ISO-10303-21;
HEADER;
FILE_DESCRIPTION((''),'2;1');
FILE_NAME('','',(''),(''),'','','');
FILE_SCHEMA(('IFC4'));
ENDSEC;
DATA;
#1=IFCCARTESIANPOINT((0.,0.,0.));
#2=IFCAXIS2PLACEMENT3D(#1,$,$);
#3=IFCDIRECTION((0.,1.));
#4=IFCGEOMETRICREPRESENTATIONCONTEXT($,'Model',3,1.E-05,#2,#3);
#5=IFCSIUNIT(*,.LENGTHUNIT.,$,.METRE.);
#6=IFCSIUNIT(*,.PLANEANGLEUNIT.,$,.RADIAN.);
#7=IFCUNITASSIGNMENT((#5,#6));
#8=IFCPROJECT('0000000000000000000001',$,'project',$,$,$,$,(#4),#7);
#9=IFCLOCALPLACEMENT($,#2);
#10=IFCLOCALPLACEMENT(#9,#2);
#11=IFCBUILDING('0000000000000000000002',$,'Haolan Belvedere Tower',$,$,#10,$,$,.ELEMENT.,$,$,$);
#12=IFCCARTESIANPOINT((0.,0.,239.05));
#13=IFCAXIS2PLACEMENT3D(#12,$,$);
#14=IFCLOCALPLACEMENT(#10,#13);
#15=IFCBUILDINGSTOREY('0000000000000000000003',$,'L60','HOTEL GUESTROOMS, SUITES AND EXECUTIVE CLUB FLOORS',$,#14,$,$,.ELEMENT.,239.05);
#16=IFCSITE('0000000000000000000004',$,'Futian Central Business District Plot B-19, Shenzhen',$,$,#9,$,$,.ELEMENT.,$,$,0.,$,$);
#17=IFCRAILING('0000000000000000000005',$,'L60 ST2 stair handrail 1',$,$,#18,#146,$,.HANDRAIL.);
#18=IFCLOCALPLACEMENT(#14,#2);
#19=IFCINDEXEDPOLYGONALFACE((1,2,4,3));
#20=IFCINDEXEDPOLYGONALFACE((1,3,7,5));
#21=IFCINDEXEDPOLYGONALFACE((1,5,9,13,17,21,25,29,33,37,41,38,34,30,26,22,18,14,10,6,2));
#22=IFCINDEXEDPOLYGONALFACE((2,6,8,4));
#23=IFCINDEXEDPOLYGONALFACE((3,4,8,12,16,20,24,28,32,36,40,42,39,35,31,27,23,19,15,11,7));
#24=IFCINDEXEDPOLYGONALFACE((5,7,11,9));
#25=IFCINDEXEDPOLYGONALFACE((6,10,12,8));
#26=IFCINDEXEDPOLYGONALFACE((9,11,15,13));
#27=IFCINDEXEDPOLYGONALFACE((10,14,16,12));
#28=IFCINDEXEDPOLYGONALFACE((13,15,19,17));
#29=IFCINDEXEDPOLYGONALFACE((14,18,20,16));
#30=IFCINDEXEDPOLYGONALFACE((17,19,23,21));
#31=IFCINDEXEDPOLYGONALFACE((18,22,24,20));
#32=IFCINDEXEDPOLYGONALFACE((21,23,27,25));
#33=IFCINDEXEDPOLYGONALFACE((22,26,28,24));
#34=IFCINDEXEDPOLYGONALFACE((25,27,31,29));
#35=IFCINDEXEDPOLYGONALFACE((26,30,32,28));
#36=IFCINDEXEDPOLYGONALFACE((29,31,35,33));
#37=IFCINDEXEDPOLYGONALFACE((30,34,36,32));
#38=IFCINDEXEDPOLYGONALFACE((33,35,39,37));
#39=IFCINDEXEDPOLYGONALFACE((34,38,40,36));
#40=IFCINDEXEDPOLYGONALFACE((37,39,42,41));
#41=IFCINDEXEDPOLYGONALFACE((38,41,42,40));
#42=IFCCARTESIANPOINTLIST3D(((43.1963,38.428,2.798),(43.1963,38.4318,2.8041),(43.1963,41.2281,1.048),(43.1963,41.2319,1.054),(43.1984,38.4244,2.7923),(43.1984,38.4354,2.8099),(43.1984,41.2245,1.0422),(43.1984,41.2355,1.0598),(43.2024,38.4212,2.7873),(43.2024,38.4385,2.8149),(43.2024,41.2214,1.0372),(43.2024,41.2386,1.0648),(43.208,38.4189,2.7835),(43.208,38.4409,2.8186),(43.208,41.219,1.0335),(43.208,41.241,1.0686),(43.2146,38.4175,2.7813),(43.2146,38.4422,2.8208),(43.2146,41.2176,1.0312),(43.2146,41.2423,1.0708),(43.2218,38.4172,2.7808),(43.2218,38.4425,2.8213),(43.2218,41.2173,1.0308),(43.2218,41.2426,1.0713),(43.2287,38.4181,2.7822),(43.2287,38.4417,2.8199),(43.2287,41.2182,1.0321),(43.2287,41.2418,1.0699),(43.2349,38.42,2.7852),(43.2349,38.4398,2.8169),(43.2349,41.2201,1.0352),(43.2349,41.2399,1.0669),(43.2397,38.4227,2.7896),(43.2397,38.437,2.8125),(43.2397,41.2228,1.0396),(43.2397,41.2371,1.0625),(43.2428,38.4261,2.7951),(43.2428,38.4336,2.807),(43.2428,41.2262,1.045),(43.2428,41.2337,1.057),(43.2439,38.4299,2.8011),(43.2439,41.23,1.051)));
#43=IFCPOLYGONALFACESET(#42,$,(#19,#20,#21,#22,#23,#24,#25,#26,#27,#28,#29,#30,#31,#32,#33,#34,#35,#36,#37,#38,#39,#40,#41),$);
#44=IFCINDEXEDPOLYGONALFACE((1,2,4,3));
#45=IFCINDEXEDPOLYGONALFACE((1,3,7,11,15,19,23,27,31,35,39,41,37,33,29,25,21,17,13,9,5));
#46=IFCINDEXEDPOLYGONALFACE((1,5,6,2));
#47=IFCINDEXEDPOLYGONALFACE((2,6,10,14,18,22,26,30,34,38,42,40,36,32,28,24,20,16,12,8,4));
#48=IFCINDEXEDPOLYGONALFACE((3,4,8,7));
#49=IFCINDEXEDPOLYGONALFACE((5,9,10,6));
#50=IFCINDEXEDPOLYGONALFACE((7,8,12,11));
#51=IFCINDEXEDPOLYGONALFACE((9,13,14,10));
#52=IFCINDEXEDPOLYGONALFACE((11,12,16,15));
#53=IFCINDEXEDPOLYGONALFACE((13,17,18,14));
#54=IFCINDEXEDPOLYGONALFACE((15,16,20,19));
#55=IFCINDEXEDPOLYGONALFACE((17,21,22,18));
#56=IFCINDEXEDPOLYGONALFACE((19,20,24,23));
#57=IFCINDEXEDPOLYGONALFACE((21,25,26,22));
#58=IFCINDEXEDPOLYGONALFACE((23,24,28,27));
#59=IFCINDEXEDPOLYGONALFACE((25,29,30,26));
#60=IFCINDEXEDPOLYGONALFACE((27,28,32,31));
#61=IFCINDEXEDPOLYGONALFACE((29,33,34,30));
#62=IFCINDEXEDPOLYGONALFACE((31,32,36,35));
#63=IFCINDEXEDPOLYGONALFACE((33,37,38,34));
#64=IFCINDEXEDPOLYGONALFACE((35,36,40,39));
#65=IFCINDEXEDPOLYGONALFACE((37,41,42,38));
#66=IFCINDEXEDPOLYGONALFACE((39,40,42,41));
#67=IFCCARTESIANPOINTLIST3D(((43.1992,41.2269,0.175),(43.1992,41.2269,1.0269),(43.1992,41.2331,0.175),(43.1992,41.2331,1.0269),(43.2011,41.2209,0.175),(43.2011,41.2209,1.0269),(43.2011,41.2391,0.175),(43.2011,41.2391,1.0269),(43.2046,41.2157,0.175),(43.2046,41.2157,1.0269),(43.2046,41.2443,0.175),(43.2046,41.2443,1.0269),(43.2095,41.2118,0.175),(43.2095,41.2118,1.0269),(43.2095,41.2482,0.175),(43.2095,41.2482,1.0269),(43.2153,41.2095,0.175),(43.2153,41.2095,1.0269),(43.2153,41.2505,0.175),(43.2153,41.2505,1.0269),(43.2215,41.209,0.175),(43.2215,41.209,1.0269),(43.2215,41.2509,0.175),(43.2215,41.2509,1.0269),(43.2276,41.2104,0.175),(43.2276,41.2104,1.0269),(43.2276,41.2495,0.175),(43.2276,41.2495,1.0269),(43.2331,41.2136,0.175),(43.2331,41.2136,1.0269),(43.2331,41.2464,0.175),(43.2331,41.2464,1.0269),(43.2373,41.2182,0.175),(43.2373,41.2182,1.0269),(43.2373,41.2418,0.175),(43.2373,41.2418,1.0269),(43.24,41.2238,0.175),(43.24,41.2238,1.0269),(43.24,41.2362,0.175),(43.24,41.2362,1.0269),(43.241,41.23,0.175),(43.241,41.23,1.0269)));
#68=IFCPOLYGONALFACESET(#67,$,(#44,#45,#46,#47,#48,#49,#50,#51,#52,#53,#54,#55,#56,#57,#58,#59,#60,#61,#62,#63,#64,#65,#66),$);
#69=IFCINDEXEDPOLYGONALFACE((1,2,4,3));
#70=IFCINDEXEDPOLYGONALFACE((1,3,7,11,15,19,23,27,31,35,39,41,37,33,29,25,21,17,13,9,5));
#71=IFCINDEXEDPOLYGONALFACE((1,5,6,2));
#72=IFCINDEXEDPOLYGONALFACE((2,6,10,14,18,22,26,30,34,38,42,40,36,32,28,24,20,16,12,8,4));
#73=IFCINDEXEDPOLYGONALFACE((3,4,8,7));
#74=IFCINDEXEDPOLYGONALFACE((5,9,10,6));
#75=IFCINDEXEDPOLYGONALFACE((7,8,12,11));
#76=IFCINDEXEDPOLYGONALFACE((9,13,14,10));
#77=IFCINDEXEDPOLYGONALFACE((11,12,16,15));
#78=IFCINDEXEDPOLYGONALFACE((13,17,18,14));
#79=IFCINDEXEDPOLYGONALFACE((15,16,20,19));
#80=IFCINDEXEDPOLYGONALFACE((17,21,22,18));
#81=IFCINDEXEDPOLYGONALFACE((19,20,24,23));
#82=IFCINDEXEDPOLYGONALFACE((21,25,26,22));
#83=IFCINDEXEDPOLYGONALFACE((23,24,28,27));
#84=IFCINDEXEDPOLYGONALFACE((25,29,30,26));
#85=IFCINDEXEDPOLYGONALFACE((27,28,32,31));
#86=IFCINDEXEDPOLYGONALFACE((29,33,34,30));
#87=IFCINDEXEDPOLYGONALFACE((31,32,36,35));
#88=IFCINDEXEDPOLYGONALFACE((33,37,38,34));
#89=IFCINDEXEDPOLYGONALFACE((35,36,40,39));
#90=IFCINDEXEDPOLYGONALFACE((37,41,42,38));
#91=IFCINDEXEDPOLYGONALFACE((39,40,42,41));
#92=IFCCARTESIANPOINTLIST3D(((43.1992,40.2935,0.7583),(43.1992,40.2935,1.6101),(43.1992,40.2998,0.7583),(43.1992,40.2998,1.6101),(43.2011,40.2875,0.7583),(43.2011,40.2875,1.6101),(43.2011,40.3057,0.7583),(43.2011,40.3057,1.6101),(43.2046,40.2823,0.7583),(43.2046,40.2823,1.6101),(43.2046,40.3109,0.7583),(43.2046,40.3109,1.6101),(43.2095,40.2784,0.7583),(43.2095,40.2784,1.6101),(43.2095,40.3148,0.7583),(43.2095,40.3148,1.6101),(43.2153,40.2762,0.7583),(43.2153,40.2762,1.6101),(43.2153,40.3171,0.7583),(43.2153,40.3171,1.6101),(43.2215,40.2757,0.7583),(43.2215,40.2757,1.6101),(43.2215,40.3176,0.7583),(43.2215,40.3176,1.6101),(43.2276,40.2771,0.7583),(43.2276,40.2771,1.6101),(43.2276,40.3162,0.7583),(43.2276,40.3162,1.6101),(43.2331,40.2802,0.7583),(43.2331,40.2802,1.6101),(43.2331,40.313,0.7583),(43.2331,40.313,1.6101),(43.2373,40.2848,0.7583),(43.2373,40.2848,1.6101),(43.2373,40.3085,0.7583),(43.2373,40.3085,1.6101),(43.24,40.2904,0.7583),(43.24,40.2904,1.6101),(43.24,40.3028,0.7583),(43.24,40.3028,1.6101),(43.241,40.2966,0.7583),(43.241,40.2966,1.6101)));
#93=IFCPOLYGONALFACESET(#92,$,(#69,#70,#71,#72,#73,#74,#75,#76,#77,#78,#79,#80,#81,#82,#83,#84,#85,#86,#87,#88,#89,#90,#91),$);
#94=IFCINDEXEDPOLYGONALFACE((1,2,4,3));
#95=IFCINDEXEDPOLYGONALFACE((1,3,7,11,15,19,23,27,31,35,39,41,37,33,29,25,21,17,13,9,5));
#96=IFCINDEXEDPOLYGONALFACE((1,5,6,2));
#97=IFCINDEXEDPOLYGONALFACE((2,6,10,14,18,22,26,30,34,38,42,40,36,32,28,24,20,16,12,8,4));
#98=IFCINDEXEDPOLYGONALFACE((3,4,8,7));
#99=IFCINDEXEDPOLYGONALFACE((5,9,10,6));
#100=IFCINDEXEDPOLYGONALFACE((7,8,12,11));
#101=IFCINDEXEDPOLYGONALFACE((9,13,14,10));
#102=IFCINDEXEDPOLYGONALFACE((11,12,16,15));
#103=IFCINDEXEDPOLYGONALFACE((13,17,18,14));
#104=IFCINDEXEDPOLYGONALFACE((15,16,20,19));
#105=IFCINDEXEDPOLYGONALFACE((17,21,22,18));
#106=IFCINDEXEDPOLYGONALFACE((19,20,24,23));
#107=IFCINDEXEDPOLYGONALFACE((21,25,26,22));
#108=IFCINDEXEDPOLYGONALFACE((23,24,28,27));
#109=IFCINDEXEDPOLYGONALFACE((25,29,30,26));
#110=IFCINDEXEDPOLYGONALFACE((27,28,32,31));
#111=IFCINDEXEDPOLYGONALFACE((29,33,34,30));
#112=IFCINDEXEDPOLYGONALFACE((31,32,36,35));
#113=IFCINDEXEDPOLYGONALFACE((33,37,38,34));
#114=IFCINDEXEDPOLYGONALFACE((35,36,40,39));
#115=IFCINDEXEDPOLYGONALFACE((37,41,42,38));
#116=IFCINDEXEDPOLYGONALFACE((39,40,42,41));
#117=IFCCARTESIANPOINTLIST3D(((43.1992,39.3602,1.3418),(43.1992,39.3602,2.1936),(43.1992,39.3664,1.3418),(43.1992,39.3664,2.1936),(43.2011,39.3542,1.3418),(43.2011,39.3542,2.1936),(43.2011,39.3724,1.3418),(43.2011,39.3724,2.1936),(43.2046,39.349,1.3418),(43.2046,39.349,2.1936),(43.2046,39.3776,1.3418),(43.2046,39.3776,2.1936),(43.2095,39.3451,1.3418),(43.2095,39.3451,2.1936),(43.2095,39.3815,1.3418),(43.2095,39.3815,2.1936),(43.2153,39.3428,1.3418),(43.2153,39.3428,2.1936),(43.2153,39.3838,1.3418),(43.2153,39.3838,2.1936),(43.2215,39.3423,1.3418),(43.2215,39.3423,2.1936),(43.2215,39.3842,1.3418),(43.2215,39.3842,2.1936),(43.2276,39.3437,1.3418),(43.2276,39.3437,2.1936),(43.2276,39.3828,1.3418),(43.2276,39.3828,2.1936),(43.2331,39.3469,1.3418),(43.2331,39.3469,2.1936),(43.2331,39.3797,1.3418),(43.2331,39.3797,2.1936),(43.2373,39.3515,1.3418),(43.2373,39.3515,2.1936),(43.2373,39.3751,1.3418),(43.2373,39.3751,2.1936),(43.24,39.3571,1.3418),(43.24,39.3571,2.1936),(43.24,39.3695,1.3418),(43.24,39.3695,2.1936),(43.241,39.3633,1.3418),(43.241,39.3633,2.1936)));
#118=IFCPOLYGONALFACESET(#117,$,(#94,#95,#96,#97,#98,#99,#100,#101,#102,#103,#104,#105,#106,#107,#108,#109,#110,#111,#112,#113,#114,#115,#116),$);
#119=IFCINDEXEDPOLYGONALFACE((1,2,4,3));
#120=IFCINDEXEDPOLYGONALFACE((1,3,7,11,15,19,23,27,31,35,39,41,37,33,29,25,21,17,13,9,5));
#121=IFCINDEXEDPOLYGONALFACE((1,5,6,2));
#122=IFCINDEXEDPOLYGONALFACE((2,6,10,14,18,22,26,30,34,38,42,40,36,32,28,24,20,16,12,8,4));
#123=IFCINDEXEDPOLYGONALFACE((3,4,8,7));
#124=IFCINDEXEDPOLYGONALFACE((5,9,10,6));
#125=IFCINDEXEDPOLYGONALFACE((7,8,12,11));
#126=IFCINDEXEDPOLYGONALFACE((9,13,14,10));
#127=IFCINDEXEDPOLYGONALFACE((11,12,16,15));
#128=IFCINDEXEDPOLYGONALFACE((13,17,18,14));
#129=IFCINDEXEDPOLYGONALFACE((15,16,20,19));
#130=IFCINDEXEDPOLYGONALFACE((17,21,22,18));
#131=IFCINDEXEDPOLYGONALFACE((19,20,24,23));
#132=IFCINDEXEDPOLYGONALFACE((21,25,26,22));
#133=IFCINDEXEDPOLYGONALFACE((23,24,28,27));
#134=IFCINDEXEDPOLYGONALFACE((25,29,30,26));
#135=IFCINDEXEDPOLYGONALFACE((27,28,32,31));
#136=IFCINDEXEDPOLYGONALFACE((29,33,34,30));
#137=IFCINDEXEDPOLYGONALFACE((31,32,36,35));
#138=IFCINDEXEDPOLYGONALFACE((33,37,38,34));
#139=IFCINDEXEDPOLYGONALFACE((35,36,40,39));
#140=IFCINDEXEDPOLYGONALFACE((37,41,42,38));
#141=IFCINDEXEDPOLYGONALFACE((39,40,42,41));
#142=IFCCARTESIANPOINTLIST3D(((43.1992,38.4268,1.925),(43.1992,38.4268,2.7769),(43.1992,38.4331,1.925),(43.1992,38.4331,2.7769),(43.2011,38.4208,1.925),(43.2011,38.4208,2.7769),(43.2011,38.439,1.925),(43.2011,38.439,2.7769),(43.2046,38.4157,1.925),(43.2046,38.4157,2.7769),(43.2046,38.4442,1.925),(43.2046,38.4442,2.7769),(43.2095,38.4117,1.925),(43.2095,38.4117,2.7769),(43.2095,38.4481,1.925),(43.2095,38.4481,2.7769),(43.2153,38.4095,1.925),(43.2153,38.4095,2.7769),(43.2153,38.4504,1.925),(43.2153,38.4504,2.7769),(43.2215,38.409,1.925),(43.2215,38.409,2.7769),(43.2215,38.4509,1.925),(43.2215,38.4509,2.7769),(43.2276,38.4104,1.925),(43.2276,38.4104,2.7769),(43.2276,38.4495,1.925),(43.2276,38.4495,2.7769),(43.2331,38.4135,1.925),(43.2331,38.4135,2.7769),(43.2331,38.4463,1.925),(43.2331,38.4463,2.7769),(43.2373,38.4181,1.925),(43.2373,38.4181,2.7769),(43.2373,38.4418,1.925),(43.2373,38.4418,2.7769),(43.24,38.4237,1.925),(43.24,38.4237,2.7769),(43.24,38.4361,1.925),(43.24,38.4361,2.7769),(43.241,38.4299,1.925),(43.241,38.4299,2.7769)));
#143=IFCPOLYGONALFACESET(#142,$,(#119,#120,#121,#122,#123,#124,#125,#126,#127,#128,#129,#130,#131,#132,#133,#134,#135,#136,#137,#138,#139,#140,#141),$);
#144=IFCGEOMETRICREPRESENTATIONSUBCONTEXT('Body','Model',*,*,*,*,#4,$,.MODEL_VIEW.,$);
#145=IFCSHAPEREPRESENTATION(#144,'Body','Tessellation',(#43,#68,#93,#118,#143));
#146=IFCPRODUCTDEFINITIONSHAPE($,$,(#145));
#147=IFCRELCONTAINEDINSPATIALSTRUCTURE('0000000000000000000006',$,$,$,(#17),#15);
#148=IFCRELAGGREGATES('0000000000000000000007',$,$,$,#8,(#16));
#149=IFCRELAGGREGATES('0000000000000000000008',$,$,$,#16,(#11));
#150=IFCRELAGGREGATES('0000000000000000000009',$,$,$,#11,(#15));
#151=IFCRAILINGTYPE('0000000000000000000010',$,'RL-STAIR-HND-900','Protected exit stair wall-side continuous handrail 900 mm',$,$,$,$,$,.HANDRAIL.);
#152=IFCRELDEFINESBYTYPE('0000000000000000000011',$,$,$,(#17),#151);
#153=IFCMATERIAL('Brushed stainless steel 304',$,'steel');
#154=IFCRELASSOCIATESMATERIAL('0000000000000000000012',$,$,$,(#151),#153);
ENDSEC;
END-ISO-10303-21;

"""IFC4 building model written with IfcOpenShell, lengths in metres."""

from ifc_helpers import new_model, si_unit, direction, frame, origin, origin_2d, place, context, subcontext, project, spatial, circle, extrude, material, type_object, element, save


model = new_model("IFC4")

# Units and contexts
model_context = context("Model", 3, precision=1e-05, world=origin(), true_north=direction((0.0, 1.0)))
body_context = subcontext(model_context, "Body", "Model", "MODEL_VIEW")
ifc_project = project(units=[si_unit("LENGTHUNIT", "METRE"), si_unit("PLANEANGLEUNIT", "RADIAN")], contexts=[model_context])

# Site, building, storey
site_placement = place(None, origin())
site = spatial("IfcSite", under=ifc_project, at=site_placement, Name="Futian Central Business District Plot B-19, Shenzhen", CompositionType="ELEMENT", RefElevation=0.0)
building_placement = place(site_placement, origin())
building = spatial("IfcBuilding", under=site, at=building_placement, Name="Haolan Belvedere Tower", CompositionType="ELEMENT")
storey_placement = place(building_placement, frame((0.0, 0.0, 239.05)))
storey = spatial("IfcBuildingStorey", under=building, at=storey_placement, Name="L60", Description="HOTEL GUESTROOMS, SUITES AND EXECUTIVE CLUB FLOORS", CompositionType="ELEMENT", Elevation=239.05)

# Railing
ifc_material_1 = material(Name="Brushed stainless steel 304", Category="steel")
railing_type_1 = type_object("IfcRailingType", Name="RL-STAIR-HND-900", Description="Protected exit stair wall-side continuous handrail 900 mm", PredefinedType="HANDRAIL", material=ifc_material_1)
railing_1_placement = place(storey_placement, frame((43.22, 41.23, 0.175)))
element("IfcRailing", 1, at=railing_1_placement, inside=storey, type_object=railing_type_1, Name="L60 ST2 stair handrail 1", PredefinedType="HANDRAIL", context=body_context, shape_type="SweptSolid", body=[
    extrude(circle(Radius=0.0239, at=origin_2d()), frame((0.0, 0.0, 0.876), z_axis=(0.0, -0.848002, 0.529992), x_axis=(1.0, 0.0, 0.0)), (0.0, 0.0, 1.0), 3.302),
    extrude(circle(Radius=0.021, at=origin_2d()), origin(), (0.0, 0.0, 1.0), 0.8518),
    extrude(circle(Radius=0.021, at=origin_2d()), frame((0.0, -0.9333, 0.5833)), (0.0, 0.0, 1.0), 0.8518),
    extrude(circle(Radius=0.021, at=origin_2d()), frame((0.0, -1.8667, 1.1667)), (0.0, 0.0, 1.0), 0.8518),
    extrude(circle(Radius=0.021, at=origin_2d()), frame((0.0, -2.8, 1.75)), (0.0, 0.0, 1.0), 0.8518),
])

save(model, "model.ifc")
